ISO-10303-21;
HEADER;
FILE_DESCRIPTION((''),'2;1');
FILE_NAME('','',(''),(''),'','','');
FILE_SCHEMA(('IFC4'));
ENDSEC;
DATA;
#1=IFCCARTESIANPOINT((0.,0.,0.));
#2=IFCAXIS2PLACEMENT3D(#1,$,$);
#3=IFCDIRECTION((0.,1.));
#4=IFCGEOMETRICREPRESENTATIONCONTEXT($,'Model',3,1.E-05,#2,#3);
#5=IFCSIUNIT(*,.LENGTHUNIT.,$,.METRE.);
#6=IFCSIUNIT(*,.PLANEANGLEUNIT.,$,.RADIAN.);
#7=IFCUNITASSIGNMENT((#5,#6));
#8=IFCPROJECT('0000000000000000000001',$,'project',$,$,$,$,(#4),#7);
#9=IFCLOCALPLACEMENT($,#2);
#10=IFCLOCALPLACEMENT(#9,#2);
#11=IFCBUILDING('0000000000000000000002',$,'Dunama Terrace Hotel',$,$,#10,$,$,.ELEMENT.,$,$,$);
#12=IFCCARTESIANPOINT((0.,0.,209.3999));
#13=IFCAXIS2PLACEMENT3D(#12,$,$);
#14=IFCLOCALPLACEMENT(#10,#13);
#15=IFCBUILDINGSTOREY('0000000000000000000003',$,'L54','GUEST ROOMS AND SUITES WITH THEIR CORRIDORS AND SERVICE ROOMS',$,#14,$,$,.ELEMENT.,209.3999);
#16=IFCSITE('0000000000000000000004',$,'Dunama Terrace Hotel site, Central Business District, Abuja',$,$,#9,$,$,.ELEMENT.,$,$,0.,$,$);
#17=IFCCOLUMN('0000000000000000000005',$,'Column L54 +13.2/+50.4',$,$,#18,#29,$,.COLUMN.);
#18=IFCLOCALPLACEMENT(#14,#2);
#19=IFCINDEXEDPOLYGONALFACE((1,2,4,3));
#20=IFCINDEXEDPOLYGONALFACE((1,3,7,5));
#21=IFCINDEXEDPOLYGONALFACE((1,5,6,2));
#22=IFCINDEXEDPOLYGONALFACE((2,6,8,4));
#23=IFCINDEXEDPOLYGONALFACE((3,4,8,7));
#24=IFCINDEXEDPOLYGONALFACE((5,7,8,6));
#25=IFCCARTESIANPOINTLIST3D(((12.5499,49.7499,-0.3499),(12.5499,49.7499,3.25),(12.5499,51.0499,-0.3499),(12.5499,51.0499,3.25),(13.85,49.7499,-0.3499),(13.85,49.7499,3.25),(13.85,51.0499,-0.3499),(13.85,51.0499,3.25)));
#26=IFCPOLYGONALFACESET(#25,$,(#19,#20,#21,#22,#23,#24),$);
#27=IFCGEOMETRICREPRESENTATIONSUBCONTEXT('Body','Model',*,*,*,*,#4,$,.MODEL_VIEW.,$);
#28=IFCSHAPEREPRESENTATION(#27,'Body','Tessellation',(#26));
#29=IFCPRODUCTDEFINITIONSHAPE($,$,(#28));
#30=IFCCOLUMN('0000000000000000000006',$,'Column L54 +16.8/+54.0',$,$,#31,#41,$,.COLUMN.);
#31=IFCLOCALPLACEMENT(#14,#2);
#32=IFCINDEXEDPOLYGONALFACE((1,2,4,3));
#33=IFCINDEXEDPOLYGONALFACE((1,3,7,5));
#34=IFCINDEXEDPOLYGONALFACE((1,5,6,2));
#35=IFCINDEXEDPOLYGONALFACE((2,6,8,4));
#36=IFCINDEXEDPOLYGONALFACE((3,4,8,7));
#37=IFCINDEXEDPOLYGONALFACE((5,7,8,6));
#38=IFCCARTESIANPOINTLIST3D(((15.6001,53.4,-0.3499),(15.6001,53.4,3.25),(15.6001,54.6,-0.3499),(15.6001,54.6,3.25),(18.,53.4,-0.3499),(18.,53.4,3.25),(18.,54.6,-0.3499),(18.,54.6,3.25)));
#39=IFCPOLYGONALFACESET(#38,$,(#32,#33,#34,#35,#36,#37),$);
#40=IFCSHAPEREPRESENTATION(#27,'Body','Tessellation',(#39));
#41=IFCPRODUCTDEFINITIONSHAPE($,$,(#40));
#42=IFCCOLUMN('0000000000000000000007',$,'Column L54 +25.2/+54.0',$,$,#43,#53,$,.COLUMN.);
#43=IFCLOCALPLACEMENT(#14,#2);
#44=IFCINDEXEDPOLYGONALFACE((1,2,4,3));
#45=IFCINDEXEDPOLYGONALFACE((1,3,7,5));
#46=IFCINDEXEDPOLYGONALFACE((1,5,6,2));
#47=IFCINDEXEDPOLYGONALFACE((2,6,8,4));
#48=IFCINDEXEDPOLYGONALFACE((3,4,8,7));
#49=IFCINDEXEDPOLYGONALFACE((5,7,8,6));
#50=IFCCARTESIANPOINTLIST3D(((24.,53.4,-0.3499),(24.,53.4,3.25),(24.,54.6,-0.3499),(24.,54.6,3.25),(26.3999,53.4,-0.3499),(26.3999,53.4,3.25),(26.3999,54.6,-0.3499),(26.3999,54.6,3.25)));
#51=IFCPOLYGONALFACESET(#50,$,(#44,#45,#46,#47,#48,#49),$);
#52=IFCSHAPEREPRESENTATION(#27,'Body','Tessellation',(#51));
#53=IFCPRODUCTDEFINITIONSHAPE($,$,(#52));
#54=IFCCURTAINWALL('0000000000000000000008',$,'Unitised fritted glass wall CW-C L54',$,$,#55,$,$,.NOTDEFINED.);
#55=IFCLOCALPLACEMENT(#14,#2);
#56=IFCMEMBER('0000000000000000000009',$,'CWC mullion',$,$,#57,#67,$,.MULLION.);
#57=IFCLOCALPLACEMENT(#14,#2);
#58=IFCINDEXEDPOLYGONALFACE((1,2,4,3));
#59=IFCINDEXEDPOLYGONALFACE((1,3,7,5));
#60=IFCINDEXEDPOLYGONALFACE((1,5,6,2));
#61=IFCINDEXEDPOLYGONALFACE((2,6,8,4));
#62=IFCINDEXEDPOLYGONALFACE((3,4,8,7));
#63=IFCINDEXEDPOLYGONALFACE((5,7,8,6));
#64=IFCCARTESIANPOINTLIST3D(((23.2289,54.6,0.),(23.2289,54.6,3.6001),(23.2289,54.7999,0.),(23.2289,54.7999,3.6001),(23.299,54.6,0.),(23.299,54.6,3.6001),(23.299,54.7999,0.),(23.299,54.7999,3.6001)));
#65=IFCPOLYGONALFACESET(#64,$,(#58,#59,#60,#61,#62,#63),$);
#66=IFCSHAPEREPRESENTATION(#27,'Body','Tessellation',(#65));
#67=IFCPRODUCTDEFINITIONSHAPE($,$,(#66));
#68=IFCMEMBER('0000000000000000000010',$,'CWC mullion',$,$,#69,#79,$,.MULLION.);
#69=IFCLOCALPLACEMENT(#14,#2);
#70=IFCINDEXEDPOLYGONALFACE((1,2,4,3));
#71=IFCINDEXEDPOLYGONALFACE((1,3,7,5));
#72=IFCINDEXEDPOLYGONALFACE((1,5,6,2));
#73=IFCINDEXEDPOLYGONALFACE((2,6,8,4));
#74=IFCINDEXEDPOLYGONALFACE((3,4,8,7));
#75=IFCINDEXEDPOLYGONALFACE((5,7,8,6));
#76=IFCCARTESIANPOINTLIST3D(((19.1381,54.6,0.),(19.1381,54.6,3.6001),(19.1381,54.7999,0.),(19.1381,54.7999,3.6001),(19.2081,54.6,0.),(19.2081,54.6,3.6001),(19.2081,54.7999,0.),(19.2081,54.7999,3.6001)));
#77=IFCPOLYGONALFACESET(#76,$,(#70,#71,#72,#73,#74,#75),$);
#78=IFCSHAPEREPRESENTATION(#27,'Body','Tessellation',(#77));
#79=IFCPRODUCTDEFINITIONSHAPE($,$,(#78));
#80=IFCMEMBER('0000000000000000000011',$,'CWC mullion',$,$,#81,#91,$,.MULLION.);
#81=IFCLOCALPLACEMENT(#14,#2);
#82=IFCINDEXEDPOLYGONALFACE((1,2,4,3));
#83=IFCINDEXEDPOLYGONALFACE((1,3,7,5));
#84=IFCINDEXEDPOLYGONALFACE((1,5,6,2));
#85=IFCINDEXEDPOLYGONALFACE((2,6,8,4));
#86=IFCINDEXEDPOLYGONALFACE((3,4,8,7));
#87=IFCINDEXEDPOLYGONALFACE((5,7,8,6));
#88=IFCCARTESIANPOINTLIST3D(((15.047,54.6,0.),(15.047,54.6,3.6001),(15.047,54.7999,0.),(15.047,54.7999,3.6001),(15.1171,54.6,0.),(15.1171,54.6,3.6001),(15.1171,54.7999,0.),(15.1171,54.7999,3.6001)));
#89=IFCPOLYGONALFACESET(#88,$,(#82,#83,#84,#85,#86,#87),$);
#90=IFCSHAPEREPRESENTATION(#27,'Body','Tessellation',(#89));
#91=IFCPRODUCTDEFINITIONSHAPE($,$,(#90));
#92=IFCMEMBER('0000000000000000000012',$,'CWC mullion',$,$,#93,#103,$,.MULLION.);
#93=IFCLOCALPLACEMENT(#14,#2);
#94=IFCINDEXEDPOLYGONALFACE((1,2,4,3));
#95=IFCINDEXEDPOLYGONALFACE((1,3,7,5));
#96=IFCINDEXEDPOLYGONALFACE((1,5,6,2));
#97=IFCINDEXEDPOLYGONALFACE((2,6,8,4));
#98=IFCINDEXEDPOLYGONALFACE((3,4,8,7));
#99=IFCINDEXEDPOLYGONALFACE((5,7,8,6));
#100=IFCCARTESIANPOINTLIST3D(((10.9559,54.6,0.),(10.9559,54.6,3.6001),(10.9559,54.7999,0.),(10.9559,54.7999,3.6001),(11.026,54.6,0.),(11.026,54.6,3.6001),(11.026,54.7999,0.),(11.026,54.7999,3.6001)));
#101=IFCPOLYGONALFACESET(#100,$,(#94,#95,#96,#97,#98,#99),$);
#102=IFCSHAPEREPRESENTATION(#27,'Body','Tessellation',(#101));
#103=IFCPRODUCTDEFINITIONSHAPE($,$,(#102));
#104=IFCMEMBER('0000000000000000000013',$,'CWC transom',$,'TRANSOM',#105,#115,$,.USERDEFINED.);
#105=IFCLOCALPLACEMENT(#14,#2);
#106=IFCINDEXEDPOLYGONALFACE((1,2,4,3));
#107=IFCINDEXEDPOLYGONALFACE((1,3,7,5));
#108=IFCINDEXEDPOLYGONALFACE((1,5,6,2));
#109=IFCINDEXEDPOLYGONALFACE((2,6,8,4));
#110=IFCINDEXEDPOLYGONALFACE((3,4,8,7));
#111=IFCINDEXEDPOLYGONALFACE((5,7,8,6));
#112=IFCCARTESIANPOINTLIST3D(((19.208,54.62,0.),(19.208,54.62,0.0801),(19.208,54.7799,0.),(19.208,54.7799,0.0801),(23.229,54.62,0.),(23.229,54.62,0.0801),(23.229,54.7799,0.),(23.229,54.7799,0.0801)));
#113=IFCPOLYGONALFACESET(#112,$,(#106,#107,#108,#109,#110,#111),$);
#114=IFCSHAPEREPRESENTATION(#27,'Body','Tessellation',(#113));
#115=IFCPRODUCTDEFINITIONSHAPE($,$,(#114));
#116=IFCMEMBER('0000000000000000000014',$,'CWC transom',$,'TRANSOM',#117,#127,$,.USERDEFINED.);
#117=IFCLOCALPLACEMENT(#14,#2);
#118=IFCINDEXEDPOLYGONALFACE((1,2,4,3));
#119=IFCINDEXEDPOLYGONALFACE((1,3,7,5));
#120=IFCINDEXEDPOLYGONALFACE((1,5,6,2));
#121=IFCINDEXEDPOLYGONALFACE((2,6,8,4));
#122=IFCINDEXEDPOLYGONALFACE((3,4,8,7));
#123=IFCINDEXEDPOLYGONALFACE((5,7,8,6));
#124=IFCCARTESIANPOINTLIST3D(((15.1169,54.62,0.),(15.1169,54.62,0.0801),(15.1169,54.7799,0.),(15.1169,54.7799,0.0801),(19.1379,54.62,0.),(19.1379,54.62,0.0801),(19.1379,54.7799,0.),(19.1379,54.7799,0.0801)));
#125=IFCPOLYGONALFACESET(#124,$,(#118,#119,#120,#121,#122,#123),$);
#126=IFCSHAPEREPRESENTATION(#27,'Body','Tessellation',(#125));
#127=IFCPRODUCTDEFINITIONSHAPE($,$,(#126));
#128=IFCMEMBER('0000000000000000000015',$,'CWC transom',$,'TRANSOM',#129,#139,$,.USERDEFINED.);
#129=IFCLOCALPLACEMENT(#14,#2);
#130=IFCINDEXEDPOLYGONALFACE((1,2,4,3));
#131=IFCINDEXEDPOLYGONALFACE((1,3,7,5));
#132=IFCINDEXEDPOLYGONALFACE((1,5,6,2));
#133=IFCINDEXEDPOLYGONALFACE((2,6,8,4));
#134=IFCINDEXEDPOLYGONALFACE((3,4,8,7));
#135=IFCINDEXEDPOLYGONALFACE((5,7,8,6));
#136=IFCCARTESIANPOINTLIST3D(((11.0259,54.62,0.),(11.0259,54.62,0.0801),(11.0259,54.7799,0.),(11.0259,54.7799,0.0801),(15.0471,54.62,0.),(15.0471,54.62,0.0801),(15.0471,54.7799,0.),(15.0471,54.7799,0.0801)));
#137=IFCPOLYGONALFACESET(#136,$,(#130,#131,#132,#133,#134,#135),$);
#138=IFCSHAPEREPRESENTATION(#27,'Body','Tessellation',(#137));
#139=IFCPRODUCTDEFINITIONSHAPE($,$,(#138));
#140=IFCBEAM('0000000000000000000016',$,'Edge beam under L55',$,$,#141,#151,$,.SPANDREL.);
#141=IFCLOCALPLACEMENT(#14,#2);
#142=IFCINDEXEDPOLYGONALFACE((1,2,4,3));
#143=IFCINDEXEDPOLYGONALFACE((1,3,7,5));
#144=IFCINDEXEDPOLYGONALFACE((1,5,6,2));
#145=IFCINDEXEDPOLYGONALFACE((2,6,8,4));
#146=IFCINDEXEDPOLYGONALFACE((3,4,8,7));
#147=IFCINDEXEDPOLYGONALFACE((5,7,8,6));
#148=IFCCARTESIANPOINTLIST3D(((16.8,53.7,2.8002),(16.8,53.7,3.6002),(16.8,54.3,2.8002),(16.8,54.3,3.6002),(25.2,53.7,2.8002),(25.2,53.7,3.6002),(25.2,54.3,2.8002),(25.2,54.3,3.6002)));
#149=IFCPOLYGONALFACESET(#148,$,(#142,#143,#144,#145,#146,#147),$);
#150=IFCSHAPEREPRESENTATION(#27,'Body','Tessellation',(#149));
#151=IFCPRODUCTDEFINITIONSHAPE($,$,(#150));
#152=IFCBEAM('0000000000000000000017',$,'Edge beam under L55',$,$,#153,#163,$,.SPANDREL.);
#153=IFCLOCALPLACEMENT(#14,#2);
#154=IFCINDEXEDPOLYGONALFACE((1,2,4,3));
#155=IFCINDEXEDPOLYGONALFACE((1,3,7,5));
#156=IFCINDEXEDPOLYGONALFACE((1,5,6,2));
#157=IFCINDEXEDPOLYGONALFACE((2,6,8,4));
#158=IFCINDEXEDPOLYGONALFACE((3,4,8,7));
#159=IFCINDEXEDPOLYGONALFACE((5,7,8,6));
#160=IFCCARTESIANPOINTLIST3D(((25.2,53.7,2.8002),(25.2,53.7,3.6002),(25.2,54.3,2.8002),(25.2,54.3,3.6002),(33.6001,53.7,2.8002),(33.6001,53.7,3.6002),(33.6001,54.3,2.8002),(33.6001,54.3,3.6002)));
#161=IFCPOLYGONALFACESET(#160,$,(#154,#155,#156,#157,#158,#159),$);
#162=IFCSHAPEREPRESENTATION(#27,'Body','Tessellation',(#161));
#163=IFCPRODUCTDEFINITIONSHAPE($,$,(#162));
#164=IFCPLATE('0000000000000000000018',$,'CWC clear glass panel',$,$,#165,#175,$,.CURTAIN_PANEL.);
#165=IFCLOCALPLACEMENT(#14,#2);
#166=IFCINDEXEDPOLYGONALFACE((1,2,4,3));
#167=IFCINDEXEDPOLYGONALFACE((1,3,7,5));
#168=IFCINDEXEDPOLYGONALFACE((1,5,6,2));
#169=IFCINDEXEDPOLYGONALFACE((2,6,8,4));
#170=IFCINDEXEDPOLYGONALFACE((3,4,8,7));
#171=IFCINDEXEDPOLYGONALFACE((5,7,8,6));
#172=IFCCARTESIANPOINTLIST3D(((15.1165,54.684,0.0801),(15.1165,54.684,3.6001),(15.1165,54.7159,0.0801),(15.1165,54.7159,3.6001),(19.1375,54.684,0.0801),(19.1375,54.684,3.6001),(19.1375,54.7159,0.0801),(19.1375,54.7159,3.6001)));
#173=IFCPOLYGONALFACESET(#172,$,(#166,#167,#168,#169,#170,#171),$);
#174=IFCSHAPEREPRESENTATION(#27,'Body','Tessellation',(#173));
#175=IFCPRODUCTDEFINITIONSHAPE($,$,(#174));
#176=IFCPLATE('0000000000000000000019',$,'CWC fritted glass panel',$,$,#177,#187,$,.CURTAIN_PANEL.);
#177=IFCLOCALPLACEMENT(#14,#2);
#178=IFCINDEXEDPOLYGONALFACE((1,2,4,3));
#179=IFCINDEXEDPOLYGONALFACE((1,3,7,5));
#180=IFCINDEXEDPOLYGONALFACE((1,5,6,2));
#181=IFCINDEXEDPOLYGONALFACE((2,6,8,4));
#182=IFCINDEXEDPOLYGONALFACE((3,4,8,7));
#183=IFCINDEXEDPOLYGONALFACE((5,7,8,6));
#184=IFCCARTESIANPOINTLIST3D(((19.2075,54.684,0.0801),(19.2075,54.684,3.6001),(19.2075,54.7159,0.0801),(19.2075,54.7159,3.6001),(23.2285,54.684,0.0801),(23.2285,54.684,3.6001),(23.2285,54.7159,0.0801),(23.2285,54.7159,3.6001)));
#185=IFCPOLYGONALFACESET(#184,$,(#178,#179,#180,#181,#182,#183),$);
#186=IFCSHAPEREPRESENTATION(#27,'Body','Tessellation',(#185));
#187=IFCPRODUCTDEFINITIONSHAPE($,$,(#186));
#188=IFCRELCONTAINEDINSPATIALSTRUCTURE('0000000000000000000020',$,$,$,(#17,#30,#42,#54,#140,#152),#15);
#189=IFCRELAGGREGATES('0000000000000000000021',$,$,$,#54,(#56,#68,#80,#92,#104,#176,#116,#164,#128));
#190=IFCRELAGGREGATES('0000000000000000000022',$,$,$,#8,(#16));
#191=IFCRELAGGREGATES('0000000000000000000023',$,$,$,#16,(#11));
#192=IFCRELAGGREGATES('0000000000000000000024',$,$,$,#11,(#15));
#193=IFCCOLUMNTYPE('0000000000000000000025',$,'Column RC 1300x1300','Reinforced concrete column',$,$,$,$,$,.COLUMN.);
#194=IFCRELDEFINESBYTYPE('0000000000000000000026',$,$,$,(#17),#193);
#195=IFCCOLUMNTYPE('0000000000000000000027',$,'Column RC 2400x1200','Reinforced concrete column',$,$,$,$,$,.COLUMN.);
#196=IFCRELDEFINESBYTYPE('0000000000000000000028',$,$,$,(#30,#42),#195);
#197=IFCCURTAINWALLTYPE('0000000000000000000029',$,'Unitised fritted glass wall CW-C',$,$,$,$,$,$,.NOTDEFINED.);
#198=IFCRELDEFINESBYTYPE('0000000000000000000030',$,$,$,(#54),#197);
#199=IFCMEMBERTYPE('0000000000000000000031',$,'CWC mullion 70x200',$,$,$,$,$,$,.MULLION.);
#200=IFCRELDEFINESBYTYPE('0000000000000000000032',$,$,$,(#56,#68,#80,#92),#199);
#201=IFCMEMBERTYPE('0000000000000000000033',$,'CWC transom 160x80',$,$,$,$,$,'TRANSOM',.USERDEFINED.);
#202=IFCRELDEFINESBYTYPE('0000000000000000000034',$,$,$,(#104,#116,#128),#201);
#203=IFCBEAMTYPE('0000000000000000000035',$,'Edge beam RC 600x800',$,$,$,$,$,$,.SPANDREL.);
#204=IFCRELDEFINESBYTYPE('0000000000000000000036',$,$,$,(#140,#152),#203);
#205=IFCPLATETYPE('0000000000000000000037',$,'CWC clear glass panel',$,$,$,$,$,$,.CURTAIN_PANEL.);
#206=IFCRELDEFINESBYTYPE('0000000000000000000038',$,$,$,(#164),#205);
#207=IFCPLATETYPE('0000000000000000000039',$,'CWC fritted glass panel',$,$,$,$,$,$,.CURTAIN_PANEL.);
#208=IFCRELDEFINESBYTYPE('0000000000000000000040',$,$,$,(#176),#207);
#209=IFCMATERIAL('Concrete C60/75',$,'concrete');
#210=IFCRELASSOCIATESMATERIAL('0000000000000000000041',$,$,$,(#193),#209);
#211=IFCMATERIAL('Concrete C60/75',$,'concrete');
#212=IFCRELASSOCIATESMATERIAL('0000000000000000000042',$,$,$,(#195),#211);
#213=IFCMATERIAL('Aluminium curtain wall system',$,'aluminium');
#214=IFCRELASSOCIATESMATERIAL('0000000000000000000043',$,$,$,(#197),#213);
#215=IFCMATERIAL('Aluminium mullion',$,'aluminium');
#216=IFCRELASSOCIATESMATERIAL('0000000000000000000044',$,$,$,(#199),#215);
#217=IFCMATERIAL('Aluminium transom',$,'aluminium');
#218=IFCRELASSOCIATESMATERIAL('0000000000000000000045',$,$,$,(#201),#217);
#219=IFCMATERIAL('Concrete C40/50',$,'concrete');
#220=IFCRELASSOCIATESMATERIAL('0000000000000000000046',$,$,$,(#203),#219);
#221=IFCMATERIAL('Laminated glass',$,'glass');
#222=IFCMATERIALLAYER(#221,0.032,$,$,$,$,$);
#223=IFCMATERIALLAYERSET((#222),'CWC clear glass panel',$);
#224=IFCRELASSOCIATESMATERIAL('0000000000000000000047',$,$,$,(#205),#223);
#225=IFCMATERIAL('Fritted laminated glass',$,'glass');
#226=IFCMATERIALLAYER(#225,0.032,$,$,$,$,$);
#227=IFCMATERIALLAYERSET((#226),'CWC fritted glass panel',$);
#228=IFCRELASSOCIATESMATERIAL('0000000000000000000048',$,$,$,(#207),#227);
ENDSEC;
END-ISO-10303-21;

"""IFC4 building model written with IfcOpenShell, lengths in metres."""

from ifc_helpers import new_model, si_unit, direction, frame, origin, origin_2d, place, context, subcontext, project, spatial, rectangle, extrude, material, layer, layer_set, material_profile, profile_set, type_object, element, aggregate, save


model = new_model("IFC4")

# Units and contexts
model_context = context("Model", 3, precision=1e-05, world=origin(), true_north=direction((0.0, 1.0)))
body_context = subcontext(model_context, "Body", "Model", "MODEL_VIEW")
ifc_project = project(units=[si_unit("LENGTHUNIT", "METRE"), si_unit("PLANEANGLEUNIT", "RADIAN")], contexts=[model_context])

# Site, building, storey
site_placement = place(None, origin())
site = spatial("IfcSite", under=ifc_project, at=site_placement, Name="Dunama Terrace Hotel site, Central Business District, Abuja", CompositionType="ELEMENT", RefElevation=0.0)
building_placement = place(site_placement, origin())
building = spatial("IfcBuilding", under=site, at=building_placement, Name="Dunama Terrace Hotel", CompositionType="ELEMENT")
storey_placement = place(building_placement, frame((0.0, 0.0, 209.3999)))
storey = spatial("IfcBuildingStorey", under=building, at=storey_placement, Name="L54", Description="GUEST ROOMS AND SUITES WITH THEIR CORRIDORS AND SERVICE ROOMS", CompositionType="ELEMENT", Elevation=209.3999)

# Columns
ifc_material_1 = material(Name="Concrete C60/75", Category="concrete")
ifc_material_profile_1 = material_profile(ifc_material_1, rectangle(XDim=1.3, YDim=1.3, at=origin_2d()), Name="RC 1300x1300")
ifc_profile_set_1 = profile_set([ifc_material_profile_1], Name="Concrete C60/75")
column_type_1 = type_object("IfcColumnType", Name="Column RC 1300x1300", Description="Reinforced concrete column", PredefinedType="COLUMN", material=ifc_profile_set_1)
column_placement = place(storey_placement, frame((13.2, 50.3999, -0.3499), z_axis=(0.0, 0.0, 1.0), x_axis=(1.0, 0.0, 0.0)))
element("IfcColumn", 1, at=column_placement, inside=storey, type_object=column_type_1, Name="Column L54 +13.2/+50.4", PredefinedType="COLUMN", context=body_context, shape_type="SweptSolid", body=[
    extrude(rectangle(XDim=1.3, YDim=1.3, at=origin_2d()), origin(), (0.0, 0.0, 1.0), 3.5999),
])
ifc_material_2 = material(Name="Concrete C60/75", Category="concrete")
ifc_material_profile_2 = material_profile(ifc_material_2, rectangle(XDim=2.3999, YDim=1.2, at=origin_2d()), Name="RC 2400x1200")
ifc_profile_set_2 = profile_set([ifc_material_profile_2], Name="Concrete C60/75")
column_type_2 = type_object("IfcColumnType", Name="Column RC 2400x1200", Description="Reinforced concrete column", PredefinedType="COLUMN", material=ifc_profile_set_2)
for number, where, z_axis, x_axis, name in (
    (2, (16.8, 54.0, -0.3499), (0.0, 0.0, 1.0), (1.0, 0.0, 0.0), "Column L54 +16.8/+54.0"),
    (3, (25.2, 54.0, -0.3499), (0.0, 0.0, 1.0), (1.0, 0.0, 0.0), "Column L54 +25.2/+54.0"),
):
    element("IfcColumn", number, at=place(storey_placement, frame(where, z_axis=z_axis, x_axis=x_axis)), inside=storey, type_object=column_type_2, Name=name, PredefinedType="COLUMN", context=body_context, shape_type="SweptSolid", body=[
        extrude(rectangle(XDim=2.3999, YDim=1.2, at=origin_2d()), origin(), (0.0, 0.0, 1.0), 3.5999),
    ])

# Curtain wall, members
ifc_material_3 = material(Name="Aluminium curtain wall system", Category="aluminium")
curtain_wall_type = type_object("IfcCurtainWallType", Name="Unitised fritted glass wall CW-C", PredefinedType="NOTDEFINED", material=ifc_material_3)
curtain_wall_placement = place(storey_placement, origin())
curtain_wall = element("IfcCurtainWall", 4, at=curtain_wall_placement, inside=storey, type_object=curtain_wall_type, Name="Unitised fritted glass wall CW-C L54", PredefinedType="NOTDEFINED")
ifc_material_4 = material(Name="Aluminium mullion", Category="aluminium")
ifc_material_profile_3 = material_profile(ifc_material_4, rectangle(XDim=0.0701, YDim=0.2, at=origin_2d()), Name="CWC MULLION 70X200")
ifc_profile_set_3 = profile_set([ifc_material_profile_3], Name="Aluminium mullion")
member_type_1 = type_object("IfcMemberType", Name="CWC mullion 70x200", PredefinedType="MULLION", material=ifc_profile_set_3)
member_1_placement = place(storey_placement, frame((23.2639, 54.7, 0.0), z_axis=(0.0, 0.0, 1.0), x_axis=(-1.0, 0.0, 0.0)))
member_1 = element("IfcMember", 5, at=member_1_placement, type_object=member_type_1, Name="CWC mullion", PredefinedType="MULLION", context=body_context, shape_type="SweptSolid", body=[
    extrude(rectangle(XDim=0.0701, YDim=0.2, at=origin_2d()), origin(), (0.0, 0.0, 1.0), 3.6001),
])
member_2_placement = place(storey_placement, frame((19.1731, 54.7, 0.0), z_axis=(0.0, 0.0, 1.0), x_axis=(-1.0, 0.0, 0.0)))
member_2 = element("IfcMember", 6, at=member_2_placement, type_object=member_type_1, Name="CWC mullion", PredefinedType="MULLION", context=body_context, shape_type="SweptSolid", body=[
    extrude(rectangle(XDim=0.0701, YDim=0.2, at=origin_2d()), origin(), (0.0, 0.0, 1.0), 3.6001),
])
member_3_placement = place(storey_placement, frame((15.082, 54.7, 0.0), z_axis=(0.0, 0.0, 1.0), x_axis=(-1.0, 0.0, 0.0)))
member_3 = element("IfcMember", 7, at=member_3_placement, type_object=member_type_1, Name="CWC mullion", PredefinedType="MULLION", context=body_context, shape_type="SweptSolid", body=[
    extrude(rectangle(XDim=0.0701, YDim=0.2, at=origin_2d()), origin(), (0.0, 0.0, 1.0), 3.6001),
])
member_4_placement = place(storey_placement, frame((10.991, 54.7, 0.0), z_axis=(0.0, 0.0, 1.0), x_axis=(-1.0, 0.0, 0.0)))
member_4 = element("IfcMember", 8, at=member_4_placement, type_object=member_type_1, Name="CWC mullion", PredefinedType="MULLION", context=body_context, shape_type="SweptSolid", body=[
    extrude(rectangle(XDim=0.0701, YDim=0.2, at=origin_2d()), origin(), (0.0, 0.0, 1.0), 3.6001),
])
ifc_material_5 = material(Name="Aluminium transom", Category="aluminium")
ifc_material_profile_4 = material_profile(ifc_material_5, rectangle(XDim=0.1599, YDim=0.0801, at=origin_2d()), Name="CWC TRANSOM 160X80")
ifc_profile_set_4 = profile_set([ifc_material_profile_4], Name="Aluminium transom")
member_type_2 = type_object("IfcMemberType", Name="CWC transom 160x80", ElementType="TRANSOM", PredefinedType="USERDEFINED", material=ifc_profile_set_4)
member_5_placement = place(storey_placement, frame((23.229, 54.7, 0.04), z_axis=(-1.0, 0.0, 0.0), x_axis=(0.0, -1.0, 0.0)))
member_5 = element("IfcMember", 9, at=member_5_placement, type_object=member_type_2, Name="CWC transom", ObjectType="TRANSOM", PredefinedType="USERDEFINED", context=body_context, shape_type="SweptSolid", body=[
    extrude(rectangle(XDim=0.1599, YDim=0.0801, at=origin_2d()), origin(), (0.0, 0.0, 1.0), 4.021),
])
member_6_placement = place(storey_placement, frame((19.1379, 54.7, 0.04), z_axis=(-1.0, 0.0, 0.0), x_axis=(0.0, -1.0, 0.0)))
member_6 = element("IfcMember", 10, at=member_6_placement, type_object=member_type_2, Name="CWC transom", ObjectType="TRANSOM", PredefinedType="USERDEFINED", context=body_context, shape_type="SweptSolid", body=[
    extrude(rectangle(XDim=0.1599, YDim=0.0801, at=origin_2d()), origin(), (0.0, 0.0, 1.0), 4.021),
])
member_7_placement = place(storey_placement, frame((15.0471, 54.7, 0.04), z_axis=(-1.0, 0.0, 0.0), x_axis=(0.0, -1.0, 0.0)))
member_7 = element("IfcMember", 11, at=member_7_placement, type_object=member_type_2, Name="CWC transom", ObjectType="TRANSOM", PredefinedType="USERDEFINED", context=body_context, shape_type="SweptSolid", body=[
    extrude(rectangle(XDim=0.1599, YDim=0.0801, at=origin_2d()), origin(), (0.0, 0.0, 1.0), 4.0212),
])

# Beams
ifc_material_6 = material(Name="Concrete C40/50", Category="concrete")
ifc_material_profile_5 = material_profile(ifc_material_6, rectangle(XDim=0.6001, YDim=0.8, at=origin_2d()), Name="RC 600x800")
ifc_profile_set_5 = profile_set([ifc_material_profile_5], Name="Concrete C40/50")
beam_type = type_object("IfcBeamType", Name="Edge beam RC 600x800", PredefinedType="SPANDREL", material=ifc_profile_set_5)
beam_1_placement = place(storey_placement, frame((16.8, 54.0, 3.2002), z_axis=(1.0, 0.0, 0.0), x_axis=(0.0, 1.0, 0.0)))
element("IfcBeam", 12, at=beam_1_placement, inside=storey, type_object=beam_type, Name="Edge beam under L55", PredefinedType="SPANDREL", context=body_context, shape_type="SweptSolid", body=[
    extrude(rectangle(XDim=0.6001, YDim=0.8, at=origin_2d()), origin(), (0.0, 0.0, 1.0), 8.3999),
])
beam_2_placement = place(storey_placement, frame((25.2, 54.0, 3.2002), z_axis=(1.0, 0.0, 0.0), x_axis=(0.0, 1.0, 0.0)))
element("IfcBeam", 13, at=beam_2_placement, inside=storey, type_object=beam_type, Name="Edge beam under L55", PredefinedType="SPANDREL", context=body_context, shape_type="SweptSolid", body=[
    extrude(rectangle(XDim=0.6001, YDim=0.8, at=origin_2d()), origin(), (0.0, 0.0, 1.0), 8.4001),
])

# Plates
ifc_material_7 = material(Name="Laminated glass", Category="glass")
ifc_layer_1 = layer(ifc_material_7, 0.032)
ifc_layer_set_1 = layer_set([ifc_layer_1], Name="CWC clear glass panel")
plate_type_1 = type_object("IfcPlateType", Name="CWC clear glass panel", PredefinedType="CURTAIN_PANEL", material=ifc_layer_set_1)
plate_1_placement = place(storey_placement, frame((17.127, 54.7, 0.0801), z_axis=(0.0, 0.0, 1.0), x_axis=(-1.0, 0.0, 0.0)))
plate_1 = element("IfcPlate", 14, at=plate_1_placement, type_object=plate_type_1, Name="CWC clear glass panel", PredefinedType="CURTAIN_PANEL", context=body_context, shape_type="SweptSolid", body=[
    extrude(rectangle(XDim=4.021, YDim=0.032, at=origin_2d()), origin(), (0.0, 0.0, 1.0), 3.52),
])
ifc_material_8 = material(Name="Fritted laminated glass", Category="glass")
ifc_layer_2 = layer(ifc_material_8, 0.032)
ifc_layer_set_2 = layer_set([ifc_layer_2], Name="CWC fritted glass panel")
plate_type_2 = type_object("IfcPlateType", Name="CWC fritted glass panel", PredefinedType="CURTAIN_PANEL", material=ifc_layer_set_2)
plate_2_placement = place(storey_placement, frame((21.218, 54.7, 0.0801), z_axis=(0.0, 0.0, 1.0), x_axis=(-1.0, 0.0, 0.0)))
plate_2 = element("IfcPlate", 15, at=plate_2_placement, type_object=plate_type_2, Name="CWC fritted glass panel", PredefinedType="CURTAIN_PANEL", context=body_context, shape_type="SweptSolid", body=[
    extrude(rectangle(XDim=4.021, YDim=0.032, at=origin_2d()), origin(), (0.0, 0.0, 1.0), 3.52),
])
aggregate(curtain_wall, [member_1, member_2, member_3, member_4, member_5, plate_2, member_6, plate_1, member_7])

save(model, "model.ifc")
